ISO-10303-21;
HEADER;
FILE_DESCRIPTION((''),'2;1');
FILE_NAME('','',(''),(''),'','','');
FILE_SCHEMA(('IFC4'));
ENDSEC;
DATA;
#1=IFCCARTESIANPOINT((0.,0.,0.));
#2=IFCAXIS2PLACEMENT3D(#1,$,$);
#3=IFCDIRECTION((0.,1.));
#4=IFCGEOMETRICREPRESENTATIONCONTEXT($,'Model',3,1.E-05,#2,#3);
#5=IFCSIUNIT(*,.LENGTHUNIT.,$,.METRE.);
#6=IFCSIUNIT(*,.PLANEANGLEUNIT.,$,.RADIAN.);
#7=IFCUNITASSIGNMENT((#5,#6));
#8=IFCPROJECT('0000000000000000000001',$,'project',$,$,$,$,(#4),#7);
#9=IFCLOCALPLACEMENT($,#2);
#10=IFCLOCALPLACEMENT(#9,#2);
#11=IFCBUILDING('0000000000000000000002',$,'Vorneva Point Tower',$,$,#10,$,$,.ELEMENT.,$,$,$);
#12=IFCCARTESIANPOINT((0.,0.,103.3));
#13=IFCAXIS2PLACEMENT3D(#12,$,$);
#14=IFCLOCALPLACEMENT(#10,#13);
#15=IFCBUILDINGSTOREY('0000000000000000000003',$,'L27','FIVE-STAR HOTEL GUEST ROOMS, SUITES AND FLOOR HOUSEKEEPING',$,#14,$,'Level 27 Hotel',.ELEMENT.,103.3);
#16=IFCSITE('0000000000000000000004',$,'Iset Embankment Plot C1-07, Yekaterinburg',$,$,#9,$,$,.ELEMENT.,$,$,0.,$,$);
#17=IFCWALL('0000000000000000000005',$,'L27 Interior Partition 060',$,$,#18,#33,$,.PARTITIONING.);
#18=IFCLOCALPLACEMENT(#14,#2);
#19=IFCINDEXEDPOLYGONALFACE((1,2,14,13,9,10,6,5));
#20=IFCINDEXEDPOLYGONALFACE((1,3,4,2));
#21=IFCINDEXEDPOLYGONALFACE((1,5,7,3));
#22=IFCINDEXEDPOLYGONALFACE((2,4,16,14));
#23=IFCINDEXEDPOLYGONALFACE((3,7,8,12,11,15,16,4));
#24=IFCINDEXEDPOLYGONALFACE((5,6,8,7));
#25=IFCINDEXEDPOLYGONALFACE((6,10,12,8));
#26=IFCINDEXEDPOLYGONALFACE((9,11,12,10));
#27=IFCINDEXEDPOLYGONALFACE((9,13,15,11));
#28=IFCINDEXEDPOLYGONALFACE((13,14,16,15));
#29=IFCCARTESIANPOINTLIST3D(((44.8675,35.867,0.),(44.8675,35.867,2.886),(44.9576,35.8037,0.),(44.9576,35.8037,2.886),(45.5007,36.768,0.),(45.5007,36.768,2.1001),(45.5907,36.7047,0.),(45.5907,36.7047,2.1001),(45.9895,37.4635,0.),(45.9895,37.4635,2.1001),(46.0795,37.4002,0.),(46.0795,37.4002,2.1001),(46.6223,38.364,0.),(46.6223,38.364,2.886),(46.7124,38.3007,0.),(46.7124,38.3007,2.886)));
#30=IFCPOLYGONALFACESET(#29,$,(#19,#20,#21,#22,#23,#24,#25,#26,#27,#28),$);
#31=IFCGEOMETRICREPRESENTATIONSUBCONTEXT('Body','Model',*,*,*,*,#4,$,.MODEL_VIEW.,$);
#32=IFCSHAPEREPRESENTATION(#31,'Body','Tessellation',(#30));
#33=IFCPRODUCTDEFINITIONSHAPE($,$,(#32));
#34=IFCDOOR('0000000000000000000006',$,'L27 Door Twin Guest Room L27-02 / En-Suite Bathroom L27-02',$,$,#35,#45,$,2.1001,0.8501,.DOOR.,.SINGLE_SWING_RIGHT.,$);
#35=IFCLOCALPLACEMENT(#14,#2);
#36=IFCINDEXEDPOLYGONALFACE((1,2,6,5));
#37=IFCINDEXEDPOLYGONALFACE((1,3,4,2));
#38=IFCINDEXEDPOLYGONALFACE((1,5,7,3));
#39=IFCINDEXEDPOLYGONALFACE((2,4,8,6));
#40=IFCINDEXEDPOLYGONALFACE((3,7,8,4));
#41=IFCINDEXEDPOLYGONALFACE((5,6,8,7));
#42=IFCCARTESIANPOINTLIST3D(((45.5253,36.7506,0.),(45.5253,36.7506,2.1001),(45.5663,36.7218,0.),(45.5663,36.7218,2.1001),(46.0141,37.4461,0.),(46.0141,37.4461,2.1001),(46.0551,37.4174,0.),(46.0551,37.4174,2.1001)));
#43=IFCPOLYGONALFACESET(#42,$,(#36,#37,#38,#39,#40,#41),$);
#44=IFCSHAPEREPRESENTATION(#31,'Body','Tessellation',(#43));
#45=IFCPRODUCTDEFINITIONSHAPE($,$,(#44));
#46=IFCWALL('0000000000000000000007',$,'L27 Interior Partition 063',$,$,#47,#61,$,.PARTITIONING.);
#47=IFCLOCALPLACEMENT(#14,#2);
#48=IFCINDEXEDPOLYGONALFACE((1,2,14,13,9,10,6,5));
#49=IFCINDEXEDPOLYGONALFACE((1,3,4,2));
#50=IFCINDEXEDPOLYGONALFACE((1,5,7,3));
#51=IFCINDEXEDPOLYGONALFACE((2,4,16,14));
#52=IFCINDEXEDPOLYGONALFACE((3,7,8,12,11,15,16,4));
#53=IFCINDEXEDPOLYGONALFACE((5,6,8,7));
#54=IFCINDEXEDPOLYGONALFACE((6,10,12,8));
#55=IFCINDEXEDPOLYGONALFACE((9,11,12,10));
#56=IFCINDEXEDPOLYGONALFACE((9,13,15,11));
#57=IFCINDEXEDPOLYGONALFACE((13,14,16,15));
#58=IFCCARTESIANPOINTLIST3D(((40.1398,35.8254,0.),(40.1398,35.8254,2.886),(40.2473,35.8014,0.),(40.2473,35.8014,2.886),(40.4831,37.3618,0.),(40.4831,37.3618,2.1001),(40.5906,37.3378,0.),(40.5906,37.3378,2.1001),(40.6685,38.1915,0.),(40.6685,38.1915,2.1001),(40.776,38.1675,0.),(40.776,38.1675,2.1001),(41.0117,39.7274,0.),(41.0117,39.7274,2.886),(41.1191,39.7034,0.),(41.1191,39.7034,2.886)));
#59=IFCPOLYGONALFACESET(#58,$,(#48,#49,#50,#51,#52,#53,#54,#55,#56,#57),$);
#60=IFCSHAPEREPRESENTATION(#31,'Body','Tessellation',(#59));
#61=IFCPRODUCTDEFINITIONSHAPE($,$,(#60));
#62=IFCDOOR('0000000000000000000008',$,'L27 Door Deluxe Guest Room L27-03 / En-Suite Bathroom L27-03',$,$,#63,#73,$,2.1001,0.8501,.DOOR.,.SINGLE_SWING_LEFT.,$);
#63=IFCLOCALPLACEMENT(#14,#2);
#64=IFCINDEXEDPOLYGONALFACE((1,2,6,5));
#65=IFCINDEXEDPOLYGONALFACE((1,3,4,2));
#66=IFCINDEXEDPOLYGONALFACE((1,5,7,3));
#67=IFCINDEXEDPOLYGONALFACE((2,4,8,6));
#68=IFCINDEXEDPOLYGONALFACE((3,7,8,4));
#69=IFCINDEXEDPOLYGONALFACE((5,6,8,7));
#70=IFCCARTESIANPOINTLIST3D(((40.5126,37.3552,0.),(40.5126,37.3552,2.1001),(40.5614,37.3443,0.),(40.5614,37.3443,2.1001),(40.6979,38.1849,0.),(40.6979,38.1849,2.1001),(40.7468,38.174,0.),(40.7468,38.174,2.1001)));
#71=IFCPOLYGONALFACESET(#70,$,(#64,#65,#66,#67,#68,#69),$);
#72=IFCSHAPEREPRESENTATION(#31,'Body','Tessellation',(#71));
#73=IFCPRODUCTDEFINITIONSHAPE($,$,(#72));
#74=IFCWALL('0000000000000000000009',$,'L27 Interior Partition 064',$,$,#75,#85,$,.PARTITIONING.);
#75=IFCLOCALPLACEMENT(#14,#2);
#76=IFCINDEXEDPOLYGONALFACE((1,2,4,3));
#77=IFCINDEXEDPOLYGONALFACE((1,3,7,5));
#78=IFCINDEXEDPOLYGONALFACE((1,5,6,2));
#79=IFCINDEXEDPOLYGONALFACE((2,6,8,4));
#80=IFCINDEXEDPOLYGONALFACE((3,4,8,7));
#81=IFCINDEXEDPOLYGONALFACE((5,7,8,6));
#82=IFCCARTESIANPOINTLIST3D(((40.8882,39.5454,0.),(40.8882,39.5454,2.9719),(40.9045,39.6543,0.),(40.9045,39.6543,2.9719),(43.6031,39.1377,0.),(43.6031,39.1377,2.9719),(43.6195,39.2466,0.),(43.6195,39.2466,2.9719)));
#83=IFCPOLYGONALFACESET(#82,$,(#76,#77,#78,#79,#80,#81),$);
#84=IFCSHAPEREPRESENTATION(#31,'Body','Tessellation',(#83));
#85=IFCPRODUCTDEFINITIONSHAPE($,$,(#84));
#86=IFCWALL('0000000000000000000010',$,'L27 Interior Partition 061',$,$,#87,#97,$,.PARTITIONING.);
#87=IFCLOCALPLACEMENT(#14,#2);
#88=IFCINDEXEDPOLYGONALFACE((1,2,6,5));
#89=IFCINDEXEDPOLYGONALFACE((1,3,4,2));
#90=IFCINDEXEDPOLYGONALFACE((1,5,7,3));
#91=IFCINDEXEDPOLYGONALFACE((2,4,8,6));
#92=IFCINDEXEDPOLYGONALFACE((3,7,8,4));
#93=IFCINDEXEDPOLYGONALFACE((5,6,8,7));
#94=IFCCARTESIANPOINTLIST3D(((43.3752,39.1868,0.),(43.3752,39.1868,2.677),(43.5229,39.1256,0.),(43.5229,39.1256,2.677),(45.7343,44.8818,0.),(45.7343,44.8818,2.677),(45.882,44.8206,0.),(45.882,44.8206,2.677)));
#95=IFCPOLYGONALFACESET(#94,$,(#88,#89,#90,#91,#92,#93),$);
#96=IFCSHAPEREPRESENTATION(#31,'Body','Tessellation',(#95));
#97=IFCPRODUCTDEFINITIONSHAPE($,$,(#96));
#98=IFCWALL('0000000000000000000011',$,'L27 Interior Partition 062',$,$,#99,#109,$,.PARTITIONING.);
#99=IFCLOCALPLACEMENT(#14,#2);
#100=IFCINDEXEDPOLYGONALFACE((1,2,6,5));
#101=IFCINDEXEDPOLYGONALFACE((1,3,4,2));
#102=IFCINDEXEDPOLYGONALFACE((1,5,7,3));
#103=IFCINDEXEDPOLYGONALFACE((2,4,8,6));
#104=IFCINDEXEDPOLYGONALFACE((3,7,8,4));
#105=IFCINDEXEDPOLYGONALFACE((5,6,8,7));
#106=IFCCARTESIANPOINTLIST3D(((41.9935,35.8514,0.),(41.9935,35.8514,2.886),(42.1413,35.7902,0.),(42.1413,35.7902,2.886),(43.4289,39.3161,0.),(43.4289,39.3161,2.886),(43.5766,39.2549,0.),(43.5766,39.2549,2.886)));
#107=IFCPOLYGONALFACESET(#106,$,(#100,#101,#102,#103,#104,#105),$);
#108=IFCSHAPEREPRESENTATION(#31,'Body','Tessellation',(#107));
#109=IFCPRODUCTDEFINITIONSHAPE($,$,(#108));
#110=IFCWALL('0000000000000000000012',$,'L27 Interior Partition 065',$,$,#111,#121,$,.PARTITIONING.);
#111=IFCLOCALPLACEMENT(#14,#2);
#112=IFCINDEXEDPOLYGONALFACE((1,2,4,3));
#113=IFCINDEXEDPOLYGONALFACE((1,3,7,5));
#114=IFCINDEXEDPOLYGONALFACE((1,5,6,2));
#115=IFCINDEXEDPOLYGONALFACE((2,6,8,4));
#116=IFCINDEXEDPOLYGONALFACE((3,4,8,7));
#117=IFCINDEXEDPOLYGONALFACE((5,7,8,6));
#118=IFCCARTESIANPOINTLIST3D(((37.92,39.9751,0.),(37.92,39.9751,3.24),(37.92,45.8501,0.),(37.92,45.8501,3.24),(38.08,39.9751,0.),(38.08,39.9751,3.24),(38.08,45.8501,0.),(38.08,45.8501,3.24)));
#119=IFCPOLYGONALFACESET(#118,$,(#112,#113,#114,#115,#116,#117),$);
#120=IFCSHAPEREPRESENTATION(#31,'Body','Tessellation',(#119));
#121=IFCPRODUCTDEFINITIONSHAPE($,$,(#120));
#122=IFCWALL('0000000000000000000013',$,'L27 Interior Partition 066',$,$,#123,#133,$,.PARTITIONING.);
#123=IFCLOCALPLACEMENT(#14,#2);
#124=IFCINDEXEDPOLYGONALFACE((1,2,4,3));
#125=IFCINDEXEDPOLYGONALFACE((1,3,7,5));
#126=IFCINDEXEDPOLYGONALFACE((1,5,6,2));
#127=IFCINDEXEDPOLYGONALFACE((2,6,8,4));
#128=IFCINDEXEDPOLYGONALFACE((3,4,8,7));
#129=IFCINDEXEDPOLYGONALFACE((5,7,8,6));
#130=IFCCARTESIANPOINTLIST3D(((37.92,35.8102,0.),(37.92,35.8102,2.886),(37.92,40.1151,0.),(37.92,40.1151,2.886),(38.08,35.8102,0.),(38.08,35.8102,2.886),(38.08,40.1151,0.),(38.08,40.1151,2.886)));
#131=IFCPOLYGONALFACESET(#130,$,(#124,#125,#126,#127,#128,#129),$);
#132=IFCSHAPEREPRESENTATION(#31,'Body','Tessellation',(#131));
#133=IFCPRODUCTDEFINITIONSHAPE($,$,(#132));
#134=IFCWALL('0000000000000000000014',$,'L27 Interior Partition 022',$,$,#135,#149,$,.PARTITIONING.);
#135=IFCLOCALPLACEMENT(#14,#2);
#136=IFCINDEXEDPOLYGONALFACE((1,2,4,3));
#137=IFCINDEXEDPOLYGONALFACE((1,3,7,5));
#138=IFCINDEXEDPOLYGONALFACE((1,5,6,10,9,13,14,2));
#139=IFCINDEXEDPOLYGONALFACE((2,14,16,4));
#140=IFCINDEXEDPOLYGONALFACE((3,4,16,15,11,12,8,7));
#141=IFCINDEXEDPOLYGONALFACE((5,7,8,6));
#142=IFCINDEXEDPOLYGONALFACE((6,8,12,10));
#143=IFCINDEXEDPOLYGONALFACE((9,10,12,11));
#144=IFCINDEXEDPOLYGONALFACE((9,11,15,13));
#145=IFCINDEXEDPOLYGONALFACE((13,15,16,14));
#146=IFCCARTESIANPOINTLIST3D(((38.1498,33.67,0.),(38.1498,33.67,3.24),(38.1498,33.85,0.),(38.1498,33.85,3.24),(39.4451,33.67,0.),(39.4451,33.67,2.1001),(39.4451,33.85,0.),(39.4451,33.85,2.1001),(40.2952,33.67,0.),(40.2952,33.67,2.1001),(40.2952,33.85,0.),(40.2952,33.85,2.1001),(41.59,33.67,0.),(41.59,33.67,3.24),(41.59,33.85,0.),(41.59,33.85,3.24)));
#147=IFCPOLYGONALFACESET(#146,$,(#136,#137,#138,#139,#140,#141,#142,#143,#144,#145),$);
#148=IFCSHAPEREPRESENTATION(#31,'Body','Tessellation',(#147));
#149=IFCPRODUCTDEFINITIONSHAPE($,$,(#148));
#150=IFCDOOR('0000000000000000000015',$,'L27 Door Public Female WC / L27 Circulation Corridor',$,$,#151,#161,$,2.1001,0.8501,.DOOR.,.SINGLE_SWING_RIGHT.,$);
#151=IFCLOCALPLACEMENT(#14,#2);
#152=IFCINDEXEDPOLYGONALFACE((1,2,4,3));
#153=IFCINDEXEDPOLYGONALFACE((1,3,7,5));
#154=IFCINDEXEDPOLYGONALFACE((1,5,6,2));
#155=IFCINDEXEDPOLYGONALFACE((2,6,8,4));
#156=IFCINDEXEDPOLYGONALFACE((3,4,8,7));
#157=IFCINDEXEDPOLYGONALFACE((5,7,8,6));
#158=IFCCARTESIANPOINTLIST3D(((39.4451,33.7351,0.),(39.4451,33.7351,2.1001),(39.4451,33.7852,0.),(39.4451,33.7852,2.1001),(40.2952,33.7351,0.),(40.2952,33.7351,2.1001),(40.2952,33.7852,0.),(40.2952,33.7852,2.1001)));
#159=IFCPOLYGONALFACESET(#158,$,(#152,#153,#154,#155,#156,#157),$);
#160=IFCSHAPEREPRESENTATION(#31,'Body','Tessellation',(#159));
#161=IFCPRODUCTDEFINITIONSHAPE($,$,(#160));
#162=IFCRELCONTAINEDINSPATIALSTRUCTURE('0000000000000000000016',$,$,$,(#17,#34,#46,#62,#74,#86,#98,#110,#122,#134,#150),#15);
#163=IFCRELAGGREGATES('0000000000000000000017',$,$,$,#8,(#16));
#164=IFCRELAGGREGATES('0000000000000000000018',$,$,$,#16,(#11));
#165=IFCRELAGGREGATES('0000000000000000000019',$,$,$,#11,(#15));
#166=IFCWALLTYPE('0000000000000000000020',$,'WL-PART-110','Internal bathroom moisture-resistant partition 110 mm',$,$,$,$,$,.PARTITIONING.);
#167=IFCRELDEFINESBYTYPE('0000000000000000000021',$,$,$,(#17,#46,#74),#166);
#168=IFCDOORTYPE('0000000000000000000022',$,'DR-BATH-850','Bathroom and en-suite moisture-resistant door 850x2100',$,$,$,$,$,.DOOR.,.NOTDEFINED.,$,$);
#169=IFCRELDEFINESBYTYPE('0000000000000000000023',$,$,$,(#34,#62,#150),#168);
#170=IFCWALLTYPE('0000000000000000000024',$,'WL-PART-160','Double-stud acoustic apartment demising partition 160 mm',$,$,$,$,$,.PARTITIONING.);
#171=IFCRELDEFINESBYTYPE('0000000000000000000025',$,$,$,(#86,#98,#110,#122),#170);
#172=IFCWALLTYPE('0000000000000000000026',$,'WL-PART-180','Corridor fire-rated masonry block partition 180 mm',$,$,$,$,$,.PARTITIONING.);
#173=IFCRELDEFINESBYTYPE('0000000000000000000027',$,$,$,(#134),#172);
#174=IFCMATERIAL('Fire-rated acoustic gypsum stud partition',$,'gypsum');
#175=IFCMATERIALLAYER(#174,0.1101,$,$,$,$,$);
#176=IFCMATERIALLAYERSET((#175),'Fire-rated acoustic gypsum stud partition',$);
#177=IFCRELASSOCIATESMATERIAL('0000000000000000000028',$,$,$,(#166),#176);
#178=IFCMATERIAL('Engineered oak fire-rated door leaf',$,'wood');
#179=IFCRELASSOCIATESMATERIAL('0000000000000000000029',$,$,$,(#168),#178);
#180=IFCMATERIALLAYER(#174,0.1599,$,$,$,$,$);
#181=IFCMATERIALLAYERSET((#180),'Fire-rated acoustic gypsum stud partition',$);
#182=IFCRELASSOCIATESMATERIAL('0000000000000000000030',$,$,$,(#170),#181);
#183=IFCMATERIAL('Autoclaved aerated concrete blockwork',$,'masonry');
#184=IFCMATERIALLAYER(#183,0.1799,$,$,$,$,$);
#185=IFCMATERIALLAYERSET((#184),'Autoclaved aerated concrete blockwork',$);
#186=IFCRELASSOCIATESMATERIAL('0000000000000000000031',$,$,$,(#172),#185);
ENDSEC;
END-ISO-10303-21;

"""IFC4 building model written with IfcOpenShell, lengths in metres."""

from ifc_helpers import new_model, si_unit, direction, frame, frame_2d, origin, place, context, subcontext, project, spatial, rectangle, extrude, material, layer, layer_set, type_object, element, fill, save


model = new_model("IFC4")

# Units and contexts
model_context = context("Model", 3, precision=1e-05, world=origin(), true_north=direction((0.0, 1.0)))
body_context = subcontext(model_context, "Body", "Model", "MODEL_VIEW")
ifc_project = project(units=[si_unit("LENGTHUNIT", "METRE"), si_unit("PLANEANGLEUNIT", "RADIAN")], contexts=[model_context])

# Site, building, storey
site_placement = place(None, origin())
site = spatial("IfcSite", under=ifc_project, at=site_placement, Name="Iset Embankment Plot C1-07, Yekaterinburg", CompositionType="ELEMENT", RefElevation=0.0)
building_placement = place(site_placement, origin())
building = spatial("IfcBuilding", under=site, at=building_placement, Name="Vorneva Point Tower", CompositionType="ELEMENT")
storey_placement = place(building_placement, frame((0.0, 0.0, 103.3)))
storey = spatial("IfcBuildingStorey", under=building, at=storey_placement, Name="L27", Description="FIVE-STAR HOTEL GUEST ROOMS, SUITES AND FLOOR HOUSEKEEPING", LongName="Level 27 Hotel", CompositionType="ELEMENT", Elevation=103.3)

# Walls, openings, doors
ifc_material_1 = material(Name="Fire-rated acoustic gypsum stud partition", Category="gypsum")
ifc_layer_1 = layer(ifc_material_1, 0.1101)
ifc_layer_set_1 = layer_set([ifc_layer_1], Name="Fire-rated acoustic gypsum stud partition")
wall_type_1 = type_object("IfcWallType", Name="WL-PART-110", Description="Internal bathroom moisture-resistant partition 110 mm", PredefinedType="PARTITIONING", material=ifc_layer_set_1)
wall_1_placement = place(storey_placement, frame((44.9126, 35.8354, 0.0), z_axis=(0.0, 0.0, 1.0), x_axis=(0.574986, 0.818163, 0.0)))
wall_1 = element("IfcWall", 1, at=wall_1_placement, inside=storey, type_object=wall_type_1, Name="L27 Interior Partition 060", PredefinedType="PARTITIONING", context=body_context, shape_type="SweptSolid", body=[
    extrude(rectangle(XDim=3.052, YDim=0.1101, at=frame_2d((1.5259, 0.0))), origin(), (0.0, 0.0, 1.0), 2.886),
])
opening_1_placement = place(wall_1_placement, frame((1.1011, 0.0, 0.0)))
opening_1 = element("IfcOpeningElement", 2, at=opening_1_placement, cuts=wall_1, PredefinedType="OPENING", context=body_context, shape_type="SweptSolid", body=[
    extrude(rectangle(XDim=0.8501, YDim=2.1001, at=frame_2d((0.425, 1.05))), frame((0.0, 0.0698, 0.0), z_axis=(0.0, -1.0, 0.0), x_axis=(1.0, 0.0, 0.0)), (0.0, 0.0, 1.0), 0.1399),
])
ifc_material_2 = material(Name="Engineered oak fire-rated door leaf", Category="wood")
door_type_1 = type_object("IfcDoorType", Name="DR-BATH-850", Description="Bathroom and en-suite moisture-resistant door 850x2100", OperationType="NOTDEFINED", PredefinedType="DOOR", material=ifc_material_2)
door_1_placement = place(opening_1_placement, origin())
door_1 = element("IfcDoor", 3, at=door_1_placement, inside=storey, type_object=door_type_1, Name="L27 Door Twin Guest Room L27-02 / En-Suite Bathroom L27-02", OperationType="SINGLE_SWING_RIGHT", OverallHeight=2.1001, OverallWidth=0.8501, PredefinedType="DOOR", context=body_context, shape_type="SweptSolid", body=[
    extrude(rectangle(XDim=0.8501, YDim=2.1001, at=frame_2d((0.425, 1.05))), frame((0.0, 0.0249, 0.0), z_axis=(0.0, -1.0, 0.0), x_axis=(1.0, 0.0, 0.0)), (0.0, 0.0, 1.0), 0.05),
])
fill(opening_1, door_1)
wall_2_placement = place(storey_placement, frame((40.1936, 35.8135, 0.0), z_axis=(0.0, 0.0, 1.0), x_axis=(0.218049, 0.975938, 0.0)))
wall_2 = element("IfcWall", 4, at=wall_2_placement, inside=storey, type_object=wall_type_1, Name="L27 Interior Partition 063", PredefinedType="PARTITIONING", context=body_context, shape_type="SweptSolid", body=[
    extrude(rectangle(XDim=3.9983, YDim=0.1101, at=frame_2d((1.999, 0.0))), origin(), (0.0, 0.0, 1.0), 2.886),
])
opening_2_placement = place(wall_2_placement, frame((1.5742, 0.0, 0.0)))
opening_2 = element("IfcOpeningElement", 5, at=opening_2_placement, cuts=wall_2, PredefinedType="OPENING", context=body_context, shape_type="SweptSolid", body=[
    extrude(rectangle(XDim=0.8501, YDim=2.1001, at=frame_2d((0.425, 1.05))), frame((0.0, 0.0698, 0.0), z_axis=(0.0, -1.0, 0.0), x_axis=(1.0, 0.0, 0.0)), (0.0, 0.0, 1.0), 0.1399),
])
door_2_placement = place(opening_2_placement, origin())
door_2 = element("IfcDoor", 6, at=door_2_placement, inside=storey, type_object=door_type_1, Name="L27 Door Deluxe Guest Room L27-03 / En-Suite Bathroom L27-03", OperationType="SINGLE_SWING_LEFT", OverallHeight=2.1001, OverallWidth=0.8501, PredefinedType="DOOR", context=body_context, shape_type="SweptSolid", body=[
    extrude(rectangle(XDim=0.8501, YDim=2.1001, at=frame_2d((0.425, 1.05))), frame((0.0, 0.0249, 0.0), z_axis=(0.0, -1.0, 0.0), x_axis=(1.0, 0.0, 0.0)), (0.0, 0.0, 1.0), 0.05),
])
fill(opening_2, door_2)

# Walls
wall_3_placement = place(storey_placement, frame((40.8965, 39.5999, 0.0), z_axis=(0.0, 0.0, 1.0), x_axis=(0.98891, -0.148514, 0.0)))
element("IfcWall", 7, at=wall_3_placement, inside=storey, type_object=wall_type_1, Name="L27 Interior Partition 064", PredefinedType="PARTITIONING", context=body_context, shape_type="SweptSolid", body=[
    extrude(rectangle(XDim=2.7454, YDim=0.1101, at=frame_2d((1.3726, 0.0))), origin(), (0.0, 0.0, 1.0), 2.9719),
])
ifc_layer_2 = layer(ifc_material_1, 0.1599)
ifc_layer_set_2 = layer_set([ifc_layer_2], Name="Fire-rated acoustic gypsum stud partition")
wall_type_2 = type_object("IfcWallType", Name="WL-PART-160", Description="Double-stud acoustic apartment demising partition 160 mm", PredefinedType="PARTITIONING", material=ifc_layer_set_2)
wall_4_placement = place(storey_placement, frame((45.8081, 44.8511, 0.0), z_axis=(0.0, 0.0, 1.0), x_axis=(-0.382705, -0.923871, 0.0)))
element("IfcWall", 8, at=wall_4_placement, inside=storey, type_object=wall_type_2, Name="L27 Interior Partition 061", PredefinedType="PARTITIONING", context=body_context, shape_type="SweptSolid", body=[
    extrude(rectangle(XDim=6.1643, YDim=0.1599, at=frame_2d((3.082, 0.0))), origin(), (0.0, 0.0, 1.0), 2.677),
])
wall_5_placement = place(storey_placement, frame((43.5027, 39.2854, 0.0), z_axis=(0.0, 0.0, 1.0), x_axis=(-0.382733, -0.923859, 0.0)))
element("IfcWall", 9, at=wall_5_placement, inside=storey, type_object=wall_type_2, Name="L27 Interior Partition 062", PredefinedType="PARTITIONING", context=body_context, shape_type="SweptSolid", body=[
    extrude(rectangle(XDim=3.7502, YDim=0.1599, at=frame_2d((1.875, 0.0))), origin(), (0.0, 0.0, 1.0), 2.886),
])
wall_6_placement = place(storey_placement, frame((38.0, 45.8501, 0.0), z_axis=(0.0, 0.0, 1.0), x_axis=(0.0, -1.0, 0.0)))
element("IfcWall", 10, at=wall_6_placement, inside=storey, type_object=wall_type_2, Name="L27 Interior Partition 065", PredefinedType="PARTITIONING", context=body_context, shape_type="SweptSolid", body=[
    extrude(rectangle(XDim=5.875, YDim=0.1599, at=frame_2d((2.9375, 0.0))), origin(), (0.0, 0.0, 1.0), 3.24),
])
wall_7_placement = place(storey_placement, frame((38.0, 40.115, 0.0), z_axis=(0.0, 0.0, 1.0), x_axis=(0.0, -1.0, 0.0)))
element("IfcWall", 11, at=wall_7_placement, inside=storey, type_object=wall_type_2, Name="L27 Interior Partition 066", PredefinedType="PARTITIONING", context=body_context, shape_type="SweptSolid", body=[
    extrude(rectangle(XDim=4.3049, YDim=0.1599, at=frame_2d((2.1523, 0.0))), origin(), (0.0, 0.0, 1.0), 2.886),
])

# Wall, opening, door
ifc_material_3 = material(Name="Autoclaved aerated concrete blockwork", Category="masonry")
ifc_layer_3 = layer(ifc_material_3, 0.1799)
ifc_layer_set_3 = layer_set([ifc_layer_3], Name="Autoclaved aerated concrete blockwork")
wall_type_3 = type_object("IfcWallType", Name="WL-PART-180", Description="Corridor fire-rated masonry block partition 180 mm", PredefinedType="PARTITIONING", material=ifc_layer_set_3)
wall_8_placement = place(storey_placement, frame((41.5901, 33.76, 0.0), z_axis=(0.0, 0.0, 1.0), x_axis=(-1.0, 0.0, 0.0)))
wall_8 = element("IfcWall", 12, at=wall_8_placement, inside=storey, type_object=wall_type_3, Name="L27 Interior Partition 022", PredefinedType="PARTITIONING", context=body_context, shape_type="SweptSolid", body=[
    extrude(rectangle(XDim=3.4402, YDim=0.1799, at=frame_2d((1.7202, 0.0))), origin(), (0.0, 0.0, 1.0), 3.24),
])
opening_3_placement = place(wall_8_placement, frame((1.2949, 0.0, 0.0)))
opening_3 = element("IfcOpeningElement", 13, at=opening_3_placement, cuts=wall_8, PredefinedType="OPENING", context=body_context, shape_type="SweptSolid", body=[
    extrude(rectangle(XDim=0.8501, YDim=2.1001, at=frame_2d((0.425, 1.05))), frame((0.0, 0.105, 0.0), z_axis=(0.0, -1.0, 0.0), x_axis=(1.0, 0.0, 0.0)), (0.0, 0.0, 1.0), 0.2097),
])
door_3_placement = place(opening_3_placement, origin())
door_3 = element("IfcDoor", 14, at=door_3_placement, inside=storey, type_object=door_type_1, Name="L27 Door Public Female WC / L27 Circulation Corridor", OperationType="SINGLE_SWING_RIGHT", OverallHeight=2.1001, OverallWidth=0.8501, PredefinedType="DOOR", context=body_context, shape_type="SweptSolid", body=[
    extrude(rectangle(XDim=0.8501, YDim=2.1001, at=frame_2d((0.425, 1.05))), frame((0.0, 0.0249, 0.0), z_axis=(0.0, -1.0, 0.0), x_axis=(1.0, 0.0, 0.0)), (0.0, 0.0, 1.0), 0.05),
])
fill(opening_3, door_3)

save(model, "model.ifc")
